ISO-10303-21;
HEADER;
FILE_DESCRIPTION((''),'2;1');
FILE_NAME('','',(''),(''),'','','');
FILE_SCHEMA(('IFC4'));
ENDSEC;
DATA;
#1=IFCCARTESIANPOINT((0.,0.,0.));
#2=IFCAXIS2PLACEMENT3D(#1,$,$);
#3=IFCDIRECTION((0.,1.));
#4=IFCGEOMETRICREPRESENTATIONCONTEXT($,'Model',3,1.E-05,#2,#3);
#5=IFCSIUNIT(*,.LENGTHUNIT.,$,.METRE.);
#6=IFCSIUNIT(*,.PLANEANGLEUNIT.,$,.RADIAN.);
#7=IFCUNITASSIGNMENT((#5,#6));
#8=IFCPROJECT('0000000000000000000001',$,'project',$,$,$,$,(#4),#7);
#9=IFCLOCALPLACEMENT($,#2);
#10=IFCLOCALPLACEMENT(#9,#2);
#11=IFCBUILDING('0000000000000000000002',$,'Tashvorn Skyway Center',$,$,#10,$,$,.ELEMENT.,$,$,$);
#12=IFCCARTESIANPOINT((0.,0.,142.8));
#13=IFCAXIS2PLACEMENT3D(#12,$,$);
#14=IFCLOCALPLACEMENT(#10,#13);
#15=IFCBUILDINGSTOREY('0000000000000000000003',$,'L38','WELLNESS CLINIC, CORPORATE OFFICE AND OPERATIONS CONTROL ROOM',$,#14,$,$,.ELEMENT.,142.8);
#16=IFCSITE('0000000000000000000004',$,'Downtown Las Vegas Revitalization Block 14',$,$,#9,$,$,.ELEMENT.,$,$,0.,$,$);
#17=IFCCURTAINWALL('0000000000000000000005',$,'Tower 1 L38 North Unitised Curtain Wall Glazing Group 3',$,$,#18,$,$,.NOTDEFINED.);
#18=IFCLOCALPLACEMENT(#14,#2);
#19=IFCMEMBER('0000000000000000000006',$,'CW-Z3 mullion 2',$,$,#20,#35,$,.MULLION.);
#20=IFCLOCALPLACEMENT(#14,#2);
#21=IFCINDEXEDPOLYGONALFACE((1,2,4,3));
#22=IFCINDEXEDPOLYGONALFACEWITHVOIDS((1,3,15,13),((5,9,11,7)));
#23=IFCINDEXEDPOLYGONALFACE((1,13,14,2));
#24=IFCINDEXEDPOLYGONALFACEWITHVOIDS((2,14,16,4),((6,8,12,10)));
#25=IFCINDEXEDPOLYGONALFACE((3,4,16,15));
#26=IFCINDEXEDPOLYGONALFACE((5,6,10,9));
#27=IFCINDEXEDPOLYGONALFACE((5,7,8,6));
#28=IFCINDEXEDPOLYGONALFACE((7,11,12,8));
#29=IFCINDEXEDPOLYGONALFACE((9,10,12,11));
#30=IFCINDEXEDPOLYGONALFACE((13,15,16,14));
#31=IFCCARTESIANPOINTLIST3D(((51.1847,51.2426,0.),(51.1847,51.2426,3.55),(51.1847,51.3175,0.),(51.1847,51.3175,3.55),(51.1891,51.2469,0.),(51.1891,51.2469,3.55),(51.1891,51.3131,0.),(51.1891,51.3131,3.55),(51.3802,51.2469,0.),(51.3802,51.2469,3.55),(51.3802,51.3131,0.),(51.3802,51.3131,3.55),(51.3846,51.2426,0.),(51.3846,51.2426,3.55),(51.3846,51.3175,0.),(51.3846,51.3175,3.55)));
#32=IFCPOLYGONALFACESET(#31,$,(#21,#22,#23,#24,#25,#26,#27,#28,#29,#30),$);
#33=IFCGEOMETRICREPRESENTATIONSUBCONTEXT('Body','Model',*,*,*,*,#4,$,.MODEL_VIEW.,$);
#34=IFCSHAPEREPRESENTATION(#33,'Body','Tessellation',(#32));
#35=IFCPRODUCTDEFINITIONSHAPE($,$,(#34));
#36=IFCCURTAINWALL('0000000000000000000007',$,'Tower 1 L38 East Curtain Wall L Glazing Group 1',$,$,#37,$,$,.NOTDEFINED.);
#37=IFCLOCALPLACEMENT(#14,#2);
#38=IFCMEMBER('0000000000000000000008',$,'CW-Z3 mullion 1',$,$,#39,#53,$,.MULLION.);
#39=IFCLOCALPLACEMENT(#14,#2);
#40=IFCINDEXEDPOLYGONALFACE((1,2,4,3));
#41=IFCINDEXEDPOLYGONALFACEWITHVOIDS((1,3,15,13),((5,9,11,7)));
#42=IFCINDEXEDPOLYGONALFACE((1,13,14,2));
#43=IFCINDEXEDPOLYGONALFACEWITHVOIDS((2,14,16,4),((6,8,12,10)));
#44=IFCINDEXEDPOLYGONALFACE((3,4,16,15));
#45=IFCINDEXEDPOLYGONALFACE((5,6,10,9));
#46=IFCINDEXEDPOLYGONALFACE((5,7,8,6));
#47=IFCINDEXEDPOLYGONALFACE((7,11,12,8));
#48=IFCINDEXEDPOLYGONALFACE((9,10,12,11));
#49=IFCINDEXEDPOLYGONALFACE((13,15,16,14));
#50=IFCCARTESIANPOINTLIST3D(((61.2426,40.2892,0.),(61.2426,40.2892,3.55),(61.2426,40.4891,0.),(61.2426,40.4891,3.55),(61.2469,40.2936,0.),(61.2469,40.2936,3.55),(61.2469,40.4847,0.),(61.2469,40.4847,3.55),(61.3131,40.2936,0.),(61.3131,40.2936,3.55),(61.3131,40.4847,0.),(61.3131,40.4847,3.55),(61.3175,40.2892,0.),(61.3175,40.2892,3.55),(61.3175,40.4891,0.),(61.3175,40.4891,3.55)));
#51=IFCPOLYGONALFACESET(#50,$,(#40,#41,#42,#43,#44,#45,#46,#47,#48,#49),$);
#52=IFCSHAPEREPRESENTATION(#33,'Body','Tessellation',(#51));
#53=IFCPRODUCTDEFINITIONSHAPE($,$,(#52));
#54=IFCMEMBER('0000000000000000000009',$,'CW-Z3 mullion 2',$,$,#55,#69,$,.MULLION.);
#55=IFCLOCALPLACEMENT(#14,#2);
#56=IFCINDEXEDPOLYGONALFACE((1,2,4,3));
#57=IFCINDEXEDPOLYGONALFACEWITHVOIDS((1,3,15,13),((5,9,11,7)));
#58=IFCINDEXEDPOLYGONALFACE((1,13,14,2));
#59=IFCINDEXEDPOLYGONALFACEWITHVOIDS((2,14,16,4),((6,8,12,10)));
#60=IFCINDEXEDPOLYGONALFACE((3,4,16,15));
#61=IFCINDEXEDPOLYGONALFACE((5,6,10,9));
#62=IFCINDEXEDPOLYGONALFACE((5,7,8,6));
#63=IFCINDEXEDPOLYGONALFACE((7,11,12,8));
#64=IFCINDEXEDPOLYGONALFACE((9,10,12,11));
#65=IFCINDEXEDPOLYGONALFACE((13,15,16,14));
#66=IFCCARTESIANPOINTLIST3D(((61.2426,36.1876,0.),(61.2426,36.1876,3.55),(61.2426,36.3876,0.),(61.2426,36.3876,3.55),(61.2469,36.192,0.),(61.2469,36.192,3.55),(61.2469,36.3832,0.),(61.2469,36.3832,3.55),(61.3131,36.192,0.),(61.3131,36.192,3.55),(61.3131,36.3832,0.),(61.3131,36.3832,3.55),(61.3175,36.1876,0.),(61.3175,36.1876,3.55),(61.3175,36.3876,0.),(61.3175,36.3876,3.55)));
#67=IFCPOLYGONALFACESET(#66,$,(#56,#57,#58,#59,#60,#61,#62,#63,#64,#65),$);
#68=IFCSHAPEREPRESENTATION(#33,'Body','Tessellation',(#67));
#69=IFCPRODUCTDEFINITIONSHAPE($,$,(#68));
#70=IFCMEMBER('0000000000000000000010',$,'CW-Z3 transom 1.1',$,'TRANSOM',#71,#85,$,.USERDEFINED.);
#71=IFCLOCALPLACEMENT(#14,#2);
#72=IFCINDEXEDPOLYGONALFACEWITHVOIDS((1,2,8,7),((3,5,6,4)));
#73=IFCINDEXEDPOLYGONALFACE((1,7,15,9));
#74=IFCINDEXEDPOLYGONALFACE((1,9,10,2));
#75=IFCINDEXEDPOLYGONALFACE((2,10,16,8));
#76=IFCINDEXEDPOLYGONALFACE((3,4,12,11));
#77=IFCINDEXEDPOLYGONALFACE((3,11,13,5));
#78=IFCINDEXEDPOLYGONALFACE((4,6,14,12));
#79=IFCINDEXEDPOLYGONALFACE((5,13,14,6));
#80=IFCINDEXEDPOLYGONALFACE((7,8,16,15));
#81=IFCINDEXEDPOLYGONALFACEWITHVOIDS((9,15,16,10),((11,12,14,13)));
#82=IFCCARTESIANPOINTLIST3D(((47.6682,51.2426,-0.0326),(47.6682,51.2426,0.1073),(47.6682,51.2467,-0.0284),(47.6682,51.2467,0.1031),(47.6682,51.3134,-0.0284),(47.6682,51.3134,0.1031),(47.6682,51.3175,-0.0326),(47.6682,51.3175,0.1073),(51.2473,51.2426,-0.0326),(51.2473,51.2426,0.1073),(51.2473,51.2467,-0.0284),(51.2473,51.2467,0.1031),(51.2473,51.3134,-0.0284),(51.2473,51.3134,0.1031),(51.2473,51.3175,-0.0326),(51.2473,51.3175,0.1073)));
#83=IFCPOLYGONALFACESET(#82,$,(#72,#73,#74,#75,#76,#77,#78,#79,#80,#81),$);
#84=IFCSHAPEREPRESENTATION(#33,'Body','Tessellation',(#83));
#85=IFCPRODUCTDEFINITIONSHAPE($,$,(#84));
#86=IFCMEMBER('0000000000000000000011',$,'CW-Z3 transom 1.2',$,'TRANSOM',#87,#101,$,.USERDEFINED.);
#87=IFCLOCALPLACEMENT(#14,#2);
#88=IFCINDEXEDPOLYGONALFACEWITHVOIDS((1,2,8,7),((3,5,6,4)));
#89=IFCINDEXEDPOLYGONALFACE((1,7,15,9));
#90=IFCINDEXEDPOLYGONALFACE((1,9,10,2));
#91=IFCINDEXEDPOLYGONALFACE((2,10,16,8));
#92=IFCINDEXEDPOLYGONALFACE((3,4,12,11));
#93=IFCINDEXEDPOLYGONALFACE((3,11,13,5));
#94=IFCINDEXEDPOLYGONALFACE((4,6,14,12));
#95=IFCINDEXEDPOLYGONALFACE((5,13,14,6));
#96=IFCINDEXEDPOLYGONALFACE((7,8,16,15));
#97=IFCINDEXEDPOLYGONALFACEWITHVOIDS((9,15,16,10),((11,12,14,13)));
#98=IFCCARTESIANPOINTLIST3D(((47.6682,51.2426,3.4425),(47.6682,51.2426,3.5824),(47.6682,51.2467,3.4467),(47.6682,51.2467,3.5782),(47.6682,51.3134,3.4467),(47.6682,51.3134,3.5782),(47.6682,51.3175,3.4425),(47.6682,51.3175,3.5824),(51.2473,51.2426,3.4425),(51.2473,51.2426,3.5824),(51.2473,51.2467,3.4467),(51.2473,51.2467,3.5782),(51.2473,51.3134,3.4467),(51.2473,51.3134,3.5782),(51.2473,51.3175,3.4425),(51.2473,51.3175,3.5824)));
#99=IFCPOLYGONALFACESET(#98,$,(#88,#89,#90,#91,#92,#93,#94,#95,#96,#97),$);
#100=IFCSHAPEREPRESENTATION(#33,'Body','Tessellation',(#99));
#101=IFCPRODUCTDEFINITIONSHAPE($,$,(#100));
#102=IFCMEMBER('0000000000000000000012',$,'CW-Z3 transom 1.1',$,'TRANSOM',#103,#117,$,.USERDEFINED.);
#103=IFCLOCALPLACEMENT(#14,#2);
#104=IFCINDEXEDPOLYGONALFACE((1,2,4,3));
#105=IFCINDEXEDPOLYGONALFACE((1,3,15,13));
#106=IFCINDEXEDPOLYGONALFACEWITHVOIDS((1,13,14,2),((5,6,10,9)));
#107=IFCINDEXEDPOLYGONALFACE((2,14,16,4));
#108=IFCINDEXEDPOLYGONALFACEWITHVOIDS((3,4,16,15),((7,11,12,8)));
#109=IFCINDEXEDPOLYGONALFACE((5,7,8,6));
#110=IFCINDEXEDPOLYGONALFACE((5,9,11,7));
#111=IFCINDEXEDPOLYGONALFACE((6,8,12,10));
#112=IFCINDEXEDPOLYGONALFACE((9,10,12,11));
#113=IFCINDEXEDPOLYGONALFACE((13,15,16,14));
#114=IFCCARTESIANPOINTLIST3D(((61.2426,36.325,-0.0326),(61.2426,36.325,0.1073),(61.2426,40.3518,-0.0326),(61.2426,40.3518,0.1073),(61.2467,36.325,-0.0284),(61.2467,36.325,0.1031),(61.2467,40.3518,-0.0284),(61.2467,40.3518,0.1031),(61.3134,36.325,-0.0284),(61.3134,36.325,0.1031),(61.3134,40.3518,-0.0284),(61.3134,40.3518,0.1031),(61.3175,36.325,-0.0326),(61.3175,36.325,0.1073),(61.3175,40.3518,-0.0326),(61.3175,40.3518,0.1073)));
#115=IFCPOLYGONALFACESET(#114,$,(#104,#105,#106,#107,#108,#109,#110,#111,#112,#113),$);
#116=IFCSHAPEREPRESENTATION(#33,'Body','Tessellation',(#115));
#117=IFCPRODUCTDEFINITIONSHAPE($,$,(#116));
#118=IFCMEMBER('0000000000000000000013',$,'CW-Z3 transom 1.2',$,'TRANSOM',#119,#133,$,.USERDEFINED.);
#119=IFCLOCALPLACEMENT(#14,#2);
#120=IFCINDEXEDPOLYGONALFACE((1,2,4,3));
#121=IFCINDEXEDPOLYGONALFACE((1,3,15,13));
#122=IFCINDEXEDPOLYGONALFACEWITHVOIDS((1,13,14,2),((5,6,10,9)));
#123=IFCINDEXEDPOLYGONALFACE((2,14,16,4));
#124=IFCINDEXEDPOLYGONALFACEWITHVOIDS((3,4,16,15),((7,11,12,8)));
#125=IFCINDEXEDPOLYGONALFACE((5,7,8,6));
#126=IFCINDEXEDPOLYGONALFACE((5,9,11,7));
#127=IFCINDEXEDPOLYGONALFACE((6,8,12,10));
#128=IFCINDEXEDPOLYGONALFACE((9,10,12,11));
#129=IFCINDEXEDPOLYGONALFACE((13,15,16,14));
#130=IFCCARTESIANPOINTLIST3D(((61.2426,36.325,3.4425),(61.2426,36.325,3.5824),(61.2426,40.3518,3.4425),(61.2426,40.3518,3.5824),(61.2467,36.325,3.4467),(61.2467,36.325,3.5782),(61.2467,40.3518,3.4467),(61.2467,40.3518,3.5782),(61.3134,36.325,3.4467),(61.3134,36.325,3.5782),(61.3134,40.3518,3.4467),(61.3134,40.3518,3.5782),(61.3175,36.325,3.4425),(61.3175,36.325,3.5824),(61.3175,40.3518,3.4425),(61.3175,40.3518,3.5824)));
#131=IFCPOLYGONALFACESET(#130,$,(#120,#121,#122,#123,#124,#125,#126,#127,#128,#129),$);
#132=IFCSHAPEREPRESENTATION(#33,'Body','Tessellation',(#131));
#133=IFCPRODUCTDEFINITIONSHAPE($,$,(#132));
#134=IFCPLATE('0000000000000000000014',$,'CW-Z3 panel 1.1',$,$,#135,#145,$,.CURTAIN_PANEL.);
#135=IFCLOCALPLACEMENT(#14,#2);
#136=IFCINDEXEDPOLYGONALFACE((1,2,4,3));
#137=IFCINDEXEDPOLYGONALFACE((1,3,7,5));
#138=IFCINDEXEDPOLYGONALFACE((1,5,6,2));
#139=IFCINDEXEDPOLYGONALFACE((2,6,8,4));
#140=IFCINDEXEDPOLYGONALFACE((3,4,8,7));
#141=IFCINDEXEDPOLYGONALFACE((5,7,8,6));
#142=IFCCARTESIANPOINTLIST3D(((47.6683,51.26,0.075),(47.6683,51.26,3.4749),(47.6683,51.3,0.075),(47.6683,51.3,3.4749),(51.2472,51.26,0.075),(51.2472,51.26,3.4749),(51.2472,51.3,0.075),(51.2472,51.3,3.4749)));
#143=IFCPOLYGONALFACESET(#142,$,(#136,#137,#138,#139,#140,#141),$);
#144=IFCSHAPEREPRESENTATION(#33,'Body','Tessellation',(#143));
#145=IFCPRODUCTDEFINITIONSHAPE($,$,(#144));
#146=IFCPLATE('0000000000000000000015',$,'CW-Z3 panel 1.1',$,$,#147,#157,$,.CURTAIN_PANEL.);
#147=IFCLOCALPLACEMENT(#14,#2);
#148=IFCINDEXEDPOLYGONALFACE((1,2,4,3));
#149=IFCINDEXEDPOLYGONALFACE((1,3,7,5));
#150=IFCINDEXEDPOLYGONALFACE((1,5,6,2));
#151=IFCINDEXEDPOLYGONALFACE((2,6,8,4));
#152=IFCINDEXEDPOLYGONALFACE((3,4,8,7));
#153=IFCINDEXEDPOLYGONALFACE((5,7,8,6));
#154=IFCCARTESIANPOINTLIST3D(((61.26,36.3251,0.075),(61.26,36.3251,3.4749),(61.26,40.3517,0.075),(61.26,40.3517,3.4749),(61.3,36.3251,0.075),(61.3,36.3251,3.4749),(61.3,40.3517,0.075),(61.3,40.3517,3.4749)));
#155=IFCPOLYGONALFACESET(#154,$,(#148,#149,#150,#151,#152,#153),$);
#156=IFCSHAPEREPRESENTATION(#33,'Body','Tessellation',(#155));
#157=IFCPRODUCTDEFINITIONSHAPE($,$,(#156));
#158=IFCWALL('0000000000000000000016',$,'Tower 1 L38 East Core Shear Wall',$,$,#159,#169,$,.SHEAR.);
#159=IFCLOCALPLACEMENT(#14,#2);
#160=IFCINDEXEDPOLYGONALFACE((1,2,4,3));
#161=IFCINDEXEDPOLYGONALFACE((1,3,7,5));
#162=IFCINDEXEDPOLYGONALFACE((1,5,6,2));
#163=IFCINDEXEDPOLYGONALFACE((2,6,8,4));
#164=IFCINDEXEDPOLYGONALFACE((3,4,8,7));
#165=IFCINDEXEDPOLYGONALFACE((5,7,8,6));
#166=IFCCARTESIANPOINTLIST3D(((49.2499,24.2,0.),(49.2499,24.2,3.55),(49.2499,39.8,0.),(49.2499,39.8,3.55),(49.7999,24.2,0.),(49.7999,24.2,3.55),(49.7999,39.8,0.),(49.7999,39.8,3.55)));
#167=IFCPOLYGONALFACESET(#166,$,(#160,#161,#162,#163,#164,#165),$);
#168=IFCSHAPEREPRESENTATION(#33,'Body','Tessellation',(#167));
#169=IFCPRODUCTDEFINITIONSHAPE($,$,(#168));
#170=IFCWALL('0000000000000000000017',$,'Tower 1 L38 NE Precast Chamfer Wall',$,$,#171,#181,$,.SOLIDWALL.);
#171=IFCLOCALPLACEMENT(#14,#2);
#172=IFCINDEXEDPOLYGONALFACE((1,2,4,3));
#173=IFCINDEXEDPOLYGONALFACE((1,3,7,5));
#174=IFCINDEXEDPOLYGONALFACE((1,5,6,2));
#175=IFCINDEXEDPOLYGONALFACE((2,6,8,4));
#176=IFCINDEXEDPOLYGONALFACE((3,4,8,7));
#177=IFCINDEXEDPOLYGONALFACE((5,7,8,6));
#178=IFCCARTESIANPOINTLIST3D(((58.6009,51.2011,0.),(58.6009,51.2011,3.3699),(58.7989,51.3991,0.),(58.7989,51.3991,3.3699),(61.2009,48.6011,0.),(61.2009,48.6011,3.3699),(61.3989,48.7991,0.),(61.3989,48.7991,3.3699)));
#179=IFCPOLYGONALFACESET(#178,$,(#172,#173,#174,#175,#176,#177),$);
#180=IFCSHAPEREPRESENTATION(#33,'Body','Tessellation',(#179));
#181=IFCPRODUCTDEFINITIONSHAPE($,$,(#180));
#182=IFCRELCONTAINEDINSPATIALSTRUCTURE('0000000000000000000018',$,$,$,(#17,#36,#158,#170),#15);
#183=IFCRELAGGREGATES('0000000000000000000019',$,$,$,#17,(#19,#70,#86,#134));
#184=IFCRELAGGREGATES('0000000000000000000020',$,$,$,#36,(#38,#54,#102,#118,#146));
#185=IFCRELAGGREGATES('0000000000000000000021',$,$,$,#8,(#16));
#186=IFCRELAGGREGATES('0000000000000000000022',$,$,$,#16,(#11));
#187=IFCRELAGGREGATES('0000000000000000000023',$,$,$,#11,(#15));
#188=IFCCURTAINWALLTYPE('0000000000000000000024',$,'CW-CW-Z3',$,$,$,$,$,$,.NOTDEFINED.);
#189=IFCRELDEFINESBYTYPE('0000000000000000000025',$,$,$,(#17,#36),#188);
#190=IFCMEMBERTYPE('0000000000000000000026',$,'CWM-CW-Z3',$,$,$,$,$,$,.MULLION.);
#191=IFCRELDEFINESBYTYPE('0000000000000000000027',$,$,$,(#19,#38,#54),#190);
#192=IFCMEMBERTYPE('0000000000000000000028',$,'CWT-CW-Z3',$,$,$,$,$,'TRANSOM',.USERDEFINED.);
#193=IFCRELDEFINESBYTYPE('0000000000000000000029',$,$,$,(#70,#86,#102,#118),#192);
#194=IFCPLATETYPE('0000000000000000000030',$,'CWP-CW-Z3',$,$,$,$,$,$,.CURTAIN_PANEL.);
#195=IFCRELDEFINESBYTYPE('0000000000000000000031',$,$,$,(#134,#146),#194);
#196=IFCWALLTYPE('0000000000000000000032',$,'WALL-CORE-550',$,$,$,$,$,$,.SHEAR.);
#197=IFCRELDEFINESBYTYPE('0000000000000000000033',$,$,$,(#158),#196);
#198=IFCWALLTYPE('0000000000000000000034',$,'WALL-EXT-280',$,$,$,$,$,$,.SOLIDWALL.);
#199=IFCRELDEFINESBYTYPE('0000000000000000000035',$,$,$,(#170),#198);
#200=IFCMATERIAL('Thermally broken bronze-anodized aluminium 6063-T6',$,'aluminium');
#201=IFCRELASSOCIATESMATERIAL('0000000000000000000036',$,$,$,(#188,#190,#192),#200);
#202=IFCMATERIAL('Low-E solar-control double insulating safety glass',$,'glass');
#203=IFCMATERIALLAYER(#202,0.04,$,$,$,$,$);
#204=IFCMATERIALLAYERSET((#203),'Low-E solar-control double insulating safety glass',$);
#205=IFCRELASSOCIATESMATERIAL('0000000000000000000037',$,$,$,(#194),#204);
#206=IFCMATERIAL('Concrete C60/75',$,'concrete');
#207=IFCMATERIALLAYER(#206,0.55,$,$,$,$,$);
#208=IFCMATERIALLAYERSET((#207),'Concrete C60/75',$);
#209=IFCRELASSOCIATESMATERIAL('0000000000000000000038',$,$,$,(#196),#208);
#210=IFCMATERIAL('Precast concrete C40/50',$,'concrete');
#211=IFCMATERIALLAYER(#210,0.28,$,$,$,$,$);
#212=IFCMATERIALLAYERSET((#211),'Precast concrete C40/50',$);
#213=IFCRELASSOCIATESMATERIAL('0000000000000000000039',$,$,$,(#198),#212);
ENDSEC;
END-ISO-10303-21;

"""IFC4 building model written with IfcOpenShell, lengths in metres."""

from ifc_helpers import new_model, si_unit, direction, frame, frame_2d, origin, origin_2d, place, context, subcontext, project, spatial, rectangle, hollow_rectangle, extrude, material, layer, layer_set, material_profile, profile_set, type_object, element, aggregate, save


model = new_model("IFC4")

# Units and contexts
model_context = context("Model", 3, precision=1e-05, world=origin(), true_north=direction((0.0, 1.0)))
body_context = subcontext(model_context, "Body", "Model", "MODEL_VIEW")
ifc_project = project(units=[si_unit("LENGTHUNIT", "METRE"), si_unit("PLANEANGLEUNIT", "RADIAN")], contexts=[model_context])

# Site, building, storey
site_placement = place(None, origin())
site = spatial("IfcSite", under=ifc_project, at=site_placement, Name="Downtown Las Vegas Revitalization Block 14", CompositionType="ELEMENT", RefElevation=0.0)
building_placement = place(site_placement, origin())
building = spatial("IfcBuilding", under=site, at=building_placement, Name="Tashvorn Skyway Center", CompositionType="ELEMENT")
storey_placement = place(building_placement, frame((0.0, 0.0, 142.8)))
storey = spatial("IfcBuildingStorey", under=building, at=storey_placement, Name="L38", Description="WELLNESS CLINIC, CORPORATE OFFICE AND OPERATIONS CONTROL ROOM", CompositionType="ELEMENT", Elevation=142.8)

# Curtain walls, members
ifc_material_1 = material(Name="Thermally broken bronze-anodized aluminium 6063-T6", Category="aluminium")
curtain_wall_type = type_object("IfcCurtainWallType", Name="CW-CW-Z3", PredefinedType="NOTDEFINED", material=ifc_material_1)
curtain_wall_1_placement = place(storey_placement, origin())
curtain_wall_1 = element("IfcCurtainWall", 1, at=curtain_wall_1_placement, inside=storey, type_object=curtain_wall_type, Name="Tower 1 L38 North Unitised Curtain Wall Glazing Group 3", PredefinedType="NOTDEFINED")
ifc_material_profile_1 = material_profile(ifc_material_1, hollow_rectangle(XDim=0.075, YDim=0.2, WallThickness=0.0044, at=origin_2d()), Name="ALU-MULL-75x200")
ifc_profile_set_1 = profile_set([ifc_material_profile_1], Name="Thermally broken bronze-anodized aluminium 6063-T6")
member_type_1 = type_object("IfcMemberType", Name="CWM-CW-Z3", PredefinedType="MULLION", material=ifc_profile_set_1)
member_1_placement = place(storey_placement, frame((51.2847, 51.28, 0.0), z_axis=(0.0, 0.0, 1.0), x_axis=(0.0, 1.0, 0.0)))
member_1 = element("IfcMember", 2, at=member_1_placement, type_object=member_type_1, Name="CW-Z3 mullion 2", PredefinedType="MULLION", context=body_context, shape_type="SweptSolid", body=[
    extrude(hollow_rectangle(XDim=0.075, YDim=0.2, WallThickness=0.0044, at=origin_2d()), origin(), (0.0, 0.0, 1.0), 3.55),
])
curtain_wall_2_placement = place(storey_placement, origin())
curtain_wall_2 = element("IfcCurtainWall", 3, at=curtain_wall_2_placement, inside=storey, type_object=curtain_wall_type, Name="Tower 1 L38 East Curtain Wall L Glazing Group 1", PredefinedType="NOTDEFINED")
member_2_placement = place(storey_placement, frame((61.28, 40.3892, 0.0), z_axis=(0.0, 0.0, 1.0), x_axis=(1.0, 0.0, 0.0)))
member_2 = element("IfcMember", 4, at=member_2_placement, type_object=member_type_1, Name="CW-Z3 mullion 1", PredefinedType="MULLION", context=body_context, shape_type="SweptSolid", body=[
    extrude(hollow_rectangle(XDim=0.075, YDim=0.2, WallThickness=0.0044, at=origin_2d()), origin(), (0.0, 0.0, 1.0), 3.55),
])
member_3_placement = place(storey_placement, frame((61.28, 36.2876, 0.0), z_axis=(0.0, 0.0, 1.0), x_axis=(1.0, 0.0, 0.0)))
member_3 = element("IfcMember", 5, at=member_3_placement, type_object=member_type_1, Name="CW-Z3 mullion 2", PredefinedType="MULLION", context=body_context, shape_type="SweptSolid", body=[
    extrude(hollow_rectangle(XDim=0.075, YDim=0.2, WallThickness=0.0044, at=origin_2d()), origin(), (0.0, 0.0, 1.0), 3.55),
])

# Members
ifc_material_profile_2 = material_profile(ifc_material_1, hollow_rectangle(XDim=0.075, YDim=0.1399, WallThickness=0.0042, at=origin_2d()), Name="ALU-TRAN-75x140")
ifc_profile_set_2 = profile_set([ifc_material_profile_2], Name="Thermally broken bronze-anodized aluminium 6063-T6")
member_type_2 = type_object("IfcMemberType", Name="CWT-CW-Z3", ElementType="TRANSOM", PredefinedType="USERDEFINED", material=ifc_profile_set_2)
member_4_placement = place(storey_placement, frame((47.6682, 51.28, 0.0374), z_axis=(1.0, 0.0, 0.0), x_axis=(0.0, 1.0, 0.0)))
member_4 = element("IfcMember", 6, at=member_4_placement, type_object=member_type_2, Name="CW-Z3 transom 1.1", ObjectType="TRANSOM", PredefinedType="USERDEFINED", context=body_context, shape_type="SweptSolid", body=[
    extrude(hollow_rectangle(XDim=0.075, YDim=0.1399, WallThickness=0.0042, at=origin_2d()), origin(), (0.0, 0.0, 1.0), 3.5791),
])
member_5_placement = place(storey_placement, frame((47.6682, 51.28, 3.5125), z_axis=(1.0, 0.0, 0.0), x_axis=(0.0, 1.0, 0.0)))
member_5 = element("IfcMember", 7, at=member_5_placement, type_object=member_type_2, Name="CW-Z3 transom 1.2", ObjectType="TRANSOM", PredefinedType="USERDEFINED", context=body_context, shape_type="SweptSolid", body=[
    extrude(hollow_rectangle(XDim=0.075, YDim=0.1399, WallThickness=0.0042, at=origin_2d()), origin(), (0.0, 0.0, 1.0), 3.5791),
])
member_6_placement = place(storey_placement, frame((61.28, 40.3518, 0.0374), z_axis=(0.0, -1.0, 0.0), x_axis=(1.0, 0.0, 0.0)))
member_6 = element("IfcMember", 8, at=member_6_placement, type_object=member_type_2, Name="CW-Z3 transom 1.1", ObjectType="TRANSOM", PredefinedType="USERDEFINED", context=body_context, shape_type="SweptSolid", body=[
    extrude(hollow_rectangle(XDim=0.075, YDim=0.1399, WallThickness=0.0042, at=origin_2d()), origin(), (0.0, 0.0, 1.0), 4.0269),
])
member_7_placement = place(storey_placement, frame((61.28, 40.3518, 3.5125), z_axis=(0.0, -1.0, 0.0), x_axis=(1.0, 0.0, 0.0)))
member_7 = element("IfcMember", 9, at=member_7_placement, type_object=member_type_2, Name="CW-Z3 transom 1.2", ObjectType="TRANSOM", PredefinedType="USERDEFINED", context=body_context, shape_type="SweptSolid", body=[
    extrude(hollow_rectangle(XDim=0.075, YDim=0.1399, WallThickness=0.0042, at=origin_2d()), origin(), (0.0, 0.0, 1.0), 4.0269),
])

# Plates
ifc_material_2 = material(Name="Low-E solar-control double insulating safety glass", Category="glass")
ifc_layer_1 = layer(ifc_material_2, 0.04)
ifc_layer_set_1 = layer_set([ifc_layer_1], Name="Low-E solar-control double insulating safety glass")
plate_type = type_object("IfcPlateType", Name="CWP-CW-Z3", PredefinedType="CURTAIN_PANEL", material=ifc_layer_set_1)
plate_1_placement = place(storey_placement, frame((49.4578, 51.28, 0.075), z_axis=(0.0, 0.0, 1.0), x_axis=(1.0, 0.0, 0.0)))
plate_1 = element("IfcPlate", 10, at=plate_1_placement, type_object=plate_type, Name="CW-Z3 panel 1.1", PredefinedType="CURTAIN_PANEL", context=body_context, shape_type="SweptSolid", body=[
    extrude(rectangle(XDim=3.5789, YDim=0.04, at=origin_2d()), origin(), (0.0, 0.0, 1.0), 3.3999),
])
aggregate(curtain_wall_1, [member_1, member_4, member_5, plate_1])
plate_2_placement = place(storey_placement, frame((61.28, 38.3384, 0.075), z_axis=(0.0, 0.0, 1.0), x_axis=(0.0, -1.0, 0.0)))
plate_2 = element("IfcPlate", 11, at=plate_2_placement, type_object=plate_type, Name="CW-Z3 panel 1.1", PredefinedType="CURTAIN_PANEL", context=body_context, shape_type="SweptSolid", body=[
    extrude(rectangle(XDim=4.0266, YDim=0.04, at=origin_2d()), origin(), (0.0, 0.0, 1.0), 3.3999),
])
aggregate(curtain_wall_2, [member_2, member_3, member_6, member_7, plate_2])

# Wall
ifc_material_3 = material(Name="Concrete C60/75", Category="concrete")
ifc_layer_2 = layer(ifc_material_3, 0.55)
ifc_layer_set_2 = layer_set([ifc_layer_2], Name="Concrete C60/75")
wall_type_1 = type_object("IfcWallType", Name="WALL-CORE-550", PredefinedType="SHEAR", material=ifc_layer_set_2)
wall_1_placement = place(storey_placement, frame((49.5249, 39.8, 0.0), z_axis=(0.0, 0.0, 1.0), x_axis=(0.0, -1.0, 0.0)))
element("IfcWall", 12, at=wall_1_placement, inside=storey, type_object=wall_type_1, Name="Tower 1 L38 East Core Shear Wall", PredefinedType="SHEAR", context=body_context, shape_type="SweptSolid", body=[
    extrude(rectangle(XDim=15.6001, YDim=0.55, at=frame_2d((7.8, 0.0))), origin(), (0.0, 0.0, 1.0), 3.55),
])

# Shared definitions
ifc_material_4 = material(Name="Precast concrete C40/50", Category="concrete")
ifc_layer_3 = layer(ifc_material_4, 0.28)
ifc_layer_set_3 = layer_set([ifc_layer_3], Name="Precast concrete C40/50")
wall_type_2 = type_object("IfcWallType", Name="WALL-EXT-280", PredefinedType="SOLIDWALL", material=ifc_layer_set_3)

# Wall
wall_2_placement = place(storey_placement, frame((58.7, 51.3, 0.0), z_axis=(0.0, 0.0, 1.0), x_axis=(0.707107, -0.707107, 0.0)))
element("IfcWall", 13, at=wall_2_placement, inside=storey, type_object=wall_type_2, Name="Tower 1 L38 NE Precast Chamfer Wall", PredefinedType="SOLIDWALL", context=body_context, shape_type="SweptSolid", body=[
    extrude(rectangle(XDim=3.677, YDim=0.28, at=frame_2d((1.8384, 0.0))), origin(), (0.0, 0.0, 1.0), 3.3699),
])

save(model, "model.ifc")
